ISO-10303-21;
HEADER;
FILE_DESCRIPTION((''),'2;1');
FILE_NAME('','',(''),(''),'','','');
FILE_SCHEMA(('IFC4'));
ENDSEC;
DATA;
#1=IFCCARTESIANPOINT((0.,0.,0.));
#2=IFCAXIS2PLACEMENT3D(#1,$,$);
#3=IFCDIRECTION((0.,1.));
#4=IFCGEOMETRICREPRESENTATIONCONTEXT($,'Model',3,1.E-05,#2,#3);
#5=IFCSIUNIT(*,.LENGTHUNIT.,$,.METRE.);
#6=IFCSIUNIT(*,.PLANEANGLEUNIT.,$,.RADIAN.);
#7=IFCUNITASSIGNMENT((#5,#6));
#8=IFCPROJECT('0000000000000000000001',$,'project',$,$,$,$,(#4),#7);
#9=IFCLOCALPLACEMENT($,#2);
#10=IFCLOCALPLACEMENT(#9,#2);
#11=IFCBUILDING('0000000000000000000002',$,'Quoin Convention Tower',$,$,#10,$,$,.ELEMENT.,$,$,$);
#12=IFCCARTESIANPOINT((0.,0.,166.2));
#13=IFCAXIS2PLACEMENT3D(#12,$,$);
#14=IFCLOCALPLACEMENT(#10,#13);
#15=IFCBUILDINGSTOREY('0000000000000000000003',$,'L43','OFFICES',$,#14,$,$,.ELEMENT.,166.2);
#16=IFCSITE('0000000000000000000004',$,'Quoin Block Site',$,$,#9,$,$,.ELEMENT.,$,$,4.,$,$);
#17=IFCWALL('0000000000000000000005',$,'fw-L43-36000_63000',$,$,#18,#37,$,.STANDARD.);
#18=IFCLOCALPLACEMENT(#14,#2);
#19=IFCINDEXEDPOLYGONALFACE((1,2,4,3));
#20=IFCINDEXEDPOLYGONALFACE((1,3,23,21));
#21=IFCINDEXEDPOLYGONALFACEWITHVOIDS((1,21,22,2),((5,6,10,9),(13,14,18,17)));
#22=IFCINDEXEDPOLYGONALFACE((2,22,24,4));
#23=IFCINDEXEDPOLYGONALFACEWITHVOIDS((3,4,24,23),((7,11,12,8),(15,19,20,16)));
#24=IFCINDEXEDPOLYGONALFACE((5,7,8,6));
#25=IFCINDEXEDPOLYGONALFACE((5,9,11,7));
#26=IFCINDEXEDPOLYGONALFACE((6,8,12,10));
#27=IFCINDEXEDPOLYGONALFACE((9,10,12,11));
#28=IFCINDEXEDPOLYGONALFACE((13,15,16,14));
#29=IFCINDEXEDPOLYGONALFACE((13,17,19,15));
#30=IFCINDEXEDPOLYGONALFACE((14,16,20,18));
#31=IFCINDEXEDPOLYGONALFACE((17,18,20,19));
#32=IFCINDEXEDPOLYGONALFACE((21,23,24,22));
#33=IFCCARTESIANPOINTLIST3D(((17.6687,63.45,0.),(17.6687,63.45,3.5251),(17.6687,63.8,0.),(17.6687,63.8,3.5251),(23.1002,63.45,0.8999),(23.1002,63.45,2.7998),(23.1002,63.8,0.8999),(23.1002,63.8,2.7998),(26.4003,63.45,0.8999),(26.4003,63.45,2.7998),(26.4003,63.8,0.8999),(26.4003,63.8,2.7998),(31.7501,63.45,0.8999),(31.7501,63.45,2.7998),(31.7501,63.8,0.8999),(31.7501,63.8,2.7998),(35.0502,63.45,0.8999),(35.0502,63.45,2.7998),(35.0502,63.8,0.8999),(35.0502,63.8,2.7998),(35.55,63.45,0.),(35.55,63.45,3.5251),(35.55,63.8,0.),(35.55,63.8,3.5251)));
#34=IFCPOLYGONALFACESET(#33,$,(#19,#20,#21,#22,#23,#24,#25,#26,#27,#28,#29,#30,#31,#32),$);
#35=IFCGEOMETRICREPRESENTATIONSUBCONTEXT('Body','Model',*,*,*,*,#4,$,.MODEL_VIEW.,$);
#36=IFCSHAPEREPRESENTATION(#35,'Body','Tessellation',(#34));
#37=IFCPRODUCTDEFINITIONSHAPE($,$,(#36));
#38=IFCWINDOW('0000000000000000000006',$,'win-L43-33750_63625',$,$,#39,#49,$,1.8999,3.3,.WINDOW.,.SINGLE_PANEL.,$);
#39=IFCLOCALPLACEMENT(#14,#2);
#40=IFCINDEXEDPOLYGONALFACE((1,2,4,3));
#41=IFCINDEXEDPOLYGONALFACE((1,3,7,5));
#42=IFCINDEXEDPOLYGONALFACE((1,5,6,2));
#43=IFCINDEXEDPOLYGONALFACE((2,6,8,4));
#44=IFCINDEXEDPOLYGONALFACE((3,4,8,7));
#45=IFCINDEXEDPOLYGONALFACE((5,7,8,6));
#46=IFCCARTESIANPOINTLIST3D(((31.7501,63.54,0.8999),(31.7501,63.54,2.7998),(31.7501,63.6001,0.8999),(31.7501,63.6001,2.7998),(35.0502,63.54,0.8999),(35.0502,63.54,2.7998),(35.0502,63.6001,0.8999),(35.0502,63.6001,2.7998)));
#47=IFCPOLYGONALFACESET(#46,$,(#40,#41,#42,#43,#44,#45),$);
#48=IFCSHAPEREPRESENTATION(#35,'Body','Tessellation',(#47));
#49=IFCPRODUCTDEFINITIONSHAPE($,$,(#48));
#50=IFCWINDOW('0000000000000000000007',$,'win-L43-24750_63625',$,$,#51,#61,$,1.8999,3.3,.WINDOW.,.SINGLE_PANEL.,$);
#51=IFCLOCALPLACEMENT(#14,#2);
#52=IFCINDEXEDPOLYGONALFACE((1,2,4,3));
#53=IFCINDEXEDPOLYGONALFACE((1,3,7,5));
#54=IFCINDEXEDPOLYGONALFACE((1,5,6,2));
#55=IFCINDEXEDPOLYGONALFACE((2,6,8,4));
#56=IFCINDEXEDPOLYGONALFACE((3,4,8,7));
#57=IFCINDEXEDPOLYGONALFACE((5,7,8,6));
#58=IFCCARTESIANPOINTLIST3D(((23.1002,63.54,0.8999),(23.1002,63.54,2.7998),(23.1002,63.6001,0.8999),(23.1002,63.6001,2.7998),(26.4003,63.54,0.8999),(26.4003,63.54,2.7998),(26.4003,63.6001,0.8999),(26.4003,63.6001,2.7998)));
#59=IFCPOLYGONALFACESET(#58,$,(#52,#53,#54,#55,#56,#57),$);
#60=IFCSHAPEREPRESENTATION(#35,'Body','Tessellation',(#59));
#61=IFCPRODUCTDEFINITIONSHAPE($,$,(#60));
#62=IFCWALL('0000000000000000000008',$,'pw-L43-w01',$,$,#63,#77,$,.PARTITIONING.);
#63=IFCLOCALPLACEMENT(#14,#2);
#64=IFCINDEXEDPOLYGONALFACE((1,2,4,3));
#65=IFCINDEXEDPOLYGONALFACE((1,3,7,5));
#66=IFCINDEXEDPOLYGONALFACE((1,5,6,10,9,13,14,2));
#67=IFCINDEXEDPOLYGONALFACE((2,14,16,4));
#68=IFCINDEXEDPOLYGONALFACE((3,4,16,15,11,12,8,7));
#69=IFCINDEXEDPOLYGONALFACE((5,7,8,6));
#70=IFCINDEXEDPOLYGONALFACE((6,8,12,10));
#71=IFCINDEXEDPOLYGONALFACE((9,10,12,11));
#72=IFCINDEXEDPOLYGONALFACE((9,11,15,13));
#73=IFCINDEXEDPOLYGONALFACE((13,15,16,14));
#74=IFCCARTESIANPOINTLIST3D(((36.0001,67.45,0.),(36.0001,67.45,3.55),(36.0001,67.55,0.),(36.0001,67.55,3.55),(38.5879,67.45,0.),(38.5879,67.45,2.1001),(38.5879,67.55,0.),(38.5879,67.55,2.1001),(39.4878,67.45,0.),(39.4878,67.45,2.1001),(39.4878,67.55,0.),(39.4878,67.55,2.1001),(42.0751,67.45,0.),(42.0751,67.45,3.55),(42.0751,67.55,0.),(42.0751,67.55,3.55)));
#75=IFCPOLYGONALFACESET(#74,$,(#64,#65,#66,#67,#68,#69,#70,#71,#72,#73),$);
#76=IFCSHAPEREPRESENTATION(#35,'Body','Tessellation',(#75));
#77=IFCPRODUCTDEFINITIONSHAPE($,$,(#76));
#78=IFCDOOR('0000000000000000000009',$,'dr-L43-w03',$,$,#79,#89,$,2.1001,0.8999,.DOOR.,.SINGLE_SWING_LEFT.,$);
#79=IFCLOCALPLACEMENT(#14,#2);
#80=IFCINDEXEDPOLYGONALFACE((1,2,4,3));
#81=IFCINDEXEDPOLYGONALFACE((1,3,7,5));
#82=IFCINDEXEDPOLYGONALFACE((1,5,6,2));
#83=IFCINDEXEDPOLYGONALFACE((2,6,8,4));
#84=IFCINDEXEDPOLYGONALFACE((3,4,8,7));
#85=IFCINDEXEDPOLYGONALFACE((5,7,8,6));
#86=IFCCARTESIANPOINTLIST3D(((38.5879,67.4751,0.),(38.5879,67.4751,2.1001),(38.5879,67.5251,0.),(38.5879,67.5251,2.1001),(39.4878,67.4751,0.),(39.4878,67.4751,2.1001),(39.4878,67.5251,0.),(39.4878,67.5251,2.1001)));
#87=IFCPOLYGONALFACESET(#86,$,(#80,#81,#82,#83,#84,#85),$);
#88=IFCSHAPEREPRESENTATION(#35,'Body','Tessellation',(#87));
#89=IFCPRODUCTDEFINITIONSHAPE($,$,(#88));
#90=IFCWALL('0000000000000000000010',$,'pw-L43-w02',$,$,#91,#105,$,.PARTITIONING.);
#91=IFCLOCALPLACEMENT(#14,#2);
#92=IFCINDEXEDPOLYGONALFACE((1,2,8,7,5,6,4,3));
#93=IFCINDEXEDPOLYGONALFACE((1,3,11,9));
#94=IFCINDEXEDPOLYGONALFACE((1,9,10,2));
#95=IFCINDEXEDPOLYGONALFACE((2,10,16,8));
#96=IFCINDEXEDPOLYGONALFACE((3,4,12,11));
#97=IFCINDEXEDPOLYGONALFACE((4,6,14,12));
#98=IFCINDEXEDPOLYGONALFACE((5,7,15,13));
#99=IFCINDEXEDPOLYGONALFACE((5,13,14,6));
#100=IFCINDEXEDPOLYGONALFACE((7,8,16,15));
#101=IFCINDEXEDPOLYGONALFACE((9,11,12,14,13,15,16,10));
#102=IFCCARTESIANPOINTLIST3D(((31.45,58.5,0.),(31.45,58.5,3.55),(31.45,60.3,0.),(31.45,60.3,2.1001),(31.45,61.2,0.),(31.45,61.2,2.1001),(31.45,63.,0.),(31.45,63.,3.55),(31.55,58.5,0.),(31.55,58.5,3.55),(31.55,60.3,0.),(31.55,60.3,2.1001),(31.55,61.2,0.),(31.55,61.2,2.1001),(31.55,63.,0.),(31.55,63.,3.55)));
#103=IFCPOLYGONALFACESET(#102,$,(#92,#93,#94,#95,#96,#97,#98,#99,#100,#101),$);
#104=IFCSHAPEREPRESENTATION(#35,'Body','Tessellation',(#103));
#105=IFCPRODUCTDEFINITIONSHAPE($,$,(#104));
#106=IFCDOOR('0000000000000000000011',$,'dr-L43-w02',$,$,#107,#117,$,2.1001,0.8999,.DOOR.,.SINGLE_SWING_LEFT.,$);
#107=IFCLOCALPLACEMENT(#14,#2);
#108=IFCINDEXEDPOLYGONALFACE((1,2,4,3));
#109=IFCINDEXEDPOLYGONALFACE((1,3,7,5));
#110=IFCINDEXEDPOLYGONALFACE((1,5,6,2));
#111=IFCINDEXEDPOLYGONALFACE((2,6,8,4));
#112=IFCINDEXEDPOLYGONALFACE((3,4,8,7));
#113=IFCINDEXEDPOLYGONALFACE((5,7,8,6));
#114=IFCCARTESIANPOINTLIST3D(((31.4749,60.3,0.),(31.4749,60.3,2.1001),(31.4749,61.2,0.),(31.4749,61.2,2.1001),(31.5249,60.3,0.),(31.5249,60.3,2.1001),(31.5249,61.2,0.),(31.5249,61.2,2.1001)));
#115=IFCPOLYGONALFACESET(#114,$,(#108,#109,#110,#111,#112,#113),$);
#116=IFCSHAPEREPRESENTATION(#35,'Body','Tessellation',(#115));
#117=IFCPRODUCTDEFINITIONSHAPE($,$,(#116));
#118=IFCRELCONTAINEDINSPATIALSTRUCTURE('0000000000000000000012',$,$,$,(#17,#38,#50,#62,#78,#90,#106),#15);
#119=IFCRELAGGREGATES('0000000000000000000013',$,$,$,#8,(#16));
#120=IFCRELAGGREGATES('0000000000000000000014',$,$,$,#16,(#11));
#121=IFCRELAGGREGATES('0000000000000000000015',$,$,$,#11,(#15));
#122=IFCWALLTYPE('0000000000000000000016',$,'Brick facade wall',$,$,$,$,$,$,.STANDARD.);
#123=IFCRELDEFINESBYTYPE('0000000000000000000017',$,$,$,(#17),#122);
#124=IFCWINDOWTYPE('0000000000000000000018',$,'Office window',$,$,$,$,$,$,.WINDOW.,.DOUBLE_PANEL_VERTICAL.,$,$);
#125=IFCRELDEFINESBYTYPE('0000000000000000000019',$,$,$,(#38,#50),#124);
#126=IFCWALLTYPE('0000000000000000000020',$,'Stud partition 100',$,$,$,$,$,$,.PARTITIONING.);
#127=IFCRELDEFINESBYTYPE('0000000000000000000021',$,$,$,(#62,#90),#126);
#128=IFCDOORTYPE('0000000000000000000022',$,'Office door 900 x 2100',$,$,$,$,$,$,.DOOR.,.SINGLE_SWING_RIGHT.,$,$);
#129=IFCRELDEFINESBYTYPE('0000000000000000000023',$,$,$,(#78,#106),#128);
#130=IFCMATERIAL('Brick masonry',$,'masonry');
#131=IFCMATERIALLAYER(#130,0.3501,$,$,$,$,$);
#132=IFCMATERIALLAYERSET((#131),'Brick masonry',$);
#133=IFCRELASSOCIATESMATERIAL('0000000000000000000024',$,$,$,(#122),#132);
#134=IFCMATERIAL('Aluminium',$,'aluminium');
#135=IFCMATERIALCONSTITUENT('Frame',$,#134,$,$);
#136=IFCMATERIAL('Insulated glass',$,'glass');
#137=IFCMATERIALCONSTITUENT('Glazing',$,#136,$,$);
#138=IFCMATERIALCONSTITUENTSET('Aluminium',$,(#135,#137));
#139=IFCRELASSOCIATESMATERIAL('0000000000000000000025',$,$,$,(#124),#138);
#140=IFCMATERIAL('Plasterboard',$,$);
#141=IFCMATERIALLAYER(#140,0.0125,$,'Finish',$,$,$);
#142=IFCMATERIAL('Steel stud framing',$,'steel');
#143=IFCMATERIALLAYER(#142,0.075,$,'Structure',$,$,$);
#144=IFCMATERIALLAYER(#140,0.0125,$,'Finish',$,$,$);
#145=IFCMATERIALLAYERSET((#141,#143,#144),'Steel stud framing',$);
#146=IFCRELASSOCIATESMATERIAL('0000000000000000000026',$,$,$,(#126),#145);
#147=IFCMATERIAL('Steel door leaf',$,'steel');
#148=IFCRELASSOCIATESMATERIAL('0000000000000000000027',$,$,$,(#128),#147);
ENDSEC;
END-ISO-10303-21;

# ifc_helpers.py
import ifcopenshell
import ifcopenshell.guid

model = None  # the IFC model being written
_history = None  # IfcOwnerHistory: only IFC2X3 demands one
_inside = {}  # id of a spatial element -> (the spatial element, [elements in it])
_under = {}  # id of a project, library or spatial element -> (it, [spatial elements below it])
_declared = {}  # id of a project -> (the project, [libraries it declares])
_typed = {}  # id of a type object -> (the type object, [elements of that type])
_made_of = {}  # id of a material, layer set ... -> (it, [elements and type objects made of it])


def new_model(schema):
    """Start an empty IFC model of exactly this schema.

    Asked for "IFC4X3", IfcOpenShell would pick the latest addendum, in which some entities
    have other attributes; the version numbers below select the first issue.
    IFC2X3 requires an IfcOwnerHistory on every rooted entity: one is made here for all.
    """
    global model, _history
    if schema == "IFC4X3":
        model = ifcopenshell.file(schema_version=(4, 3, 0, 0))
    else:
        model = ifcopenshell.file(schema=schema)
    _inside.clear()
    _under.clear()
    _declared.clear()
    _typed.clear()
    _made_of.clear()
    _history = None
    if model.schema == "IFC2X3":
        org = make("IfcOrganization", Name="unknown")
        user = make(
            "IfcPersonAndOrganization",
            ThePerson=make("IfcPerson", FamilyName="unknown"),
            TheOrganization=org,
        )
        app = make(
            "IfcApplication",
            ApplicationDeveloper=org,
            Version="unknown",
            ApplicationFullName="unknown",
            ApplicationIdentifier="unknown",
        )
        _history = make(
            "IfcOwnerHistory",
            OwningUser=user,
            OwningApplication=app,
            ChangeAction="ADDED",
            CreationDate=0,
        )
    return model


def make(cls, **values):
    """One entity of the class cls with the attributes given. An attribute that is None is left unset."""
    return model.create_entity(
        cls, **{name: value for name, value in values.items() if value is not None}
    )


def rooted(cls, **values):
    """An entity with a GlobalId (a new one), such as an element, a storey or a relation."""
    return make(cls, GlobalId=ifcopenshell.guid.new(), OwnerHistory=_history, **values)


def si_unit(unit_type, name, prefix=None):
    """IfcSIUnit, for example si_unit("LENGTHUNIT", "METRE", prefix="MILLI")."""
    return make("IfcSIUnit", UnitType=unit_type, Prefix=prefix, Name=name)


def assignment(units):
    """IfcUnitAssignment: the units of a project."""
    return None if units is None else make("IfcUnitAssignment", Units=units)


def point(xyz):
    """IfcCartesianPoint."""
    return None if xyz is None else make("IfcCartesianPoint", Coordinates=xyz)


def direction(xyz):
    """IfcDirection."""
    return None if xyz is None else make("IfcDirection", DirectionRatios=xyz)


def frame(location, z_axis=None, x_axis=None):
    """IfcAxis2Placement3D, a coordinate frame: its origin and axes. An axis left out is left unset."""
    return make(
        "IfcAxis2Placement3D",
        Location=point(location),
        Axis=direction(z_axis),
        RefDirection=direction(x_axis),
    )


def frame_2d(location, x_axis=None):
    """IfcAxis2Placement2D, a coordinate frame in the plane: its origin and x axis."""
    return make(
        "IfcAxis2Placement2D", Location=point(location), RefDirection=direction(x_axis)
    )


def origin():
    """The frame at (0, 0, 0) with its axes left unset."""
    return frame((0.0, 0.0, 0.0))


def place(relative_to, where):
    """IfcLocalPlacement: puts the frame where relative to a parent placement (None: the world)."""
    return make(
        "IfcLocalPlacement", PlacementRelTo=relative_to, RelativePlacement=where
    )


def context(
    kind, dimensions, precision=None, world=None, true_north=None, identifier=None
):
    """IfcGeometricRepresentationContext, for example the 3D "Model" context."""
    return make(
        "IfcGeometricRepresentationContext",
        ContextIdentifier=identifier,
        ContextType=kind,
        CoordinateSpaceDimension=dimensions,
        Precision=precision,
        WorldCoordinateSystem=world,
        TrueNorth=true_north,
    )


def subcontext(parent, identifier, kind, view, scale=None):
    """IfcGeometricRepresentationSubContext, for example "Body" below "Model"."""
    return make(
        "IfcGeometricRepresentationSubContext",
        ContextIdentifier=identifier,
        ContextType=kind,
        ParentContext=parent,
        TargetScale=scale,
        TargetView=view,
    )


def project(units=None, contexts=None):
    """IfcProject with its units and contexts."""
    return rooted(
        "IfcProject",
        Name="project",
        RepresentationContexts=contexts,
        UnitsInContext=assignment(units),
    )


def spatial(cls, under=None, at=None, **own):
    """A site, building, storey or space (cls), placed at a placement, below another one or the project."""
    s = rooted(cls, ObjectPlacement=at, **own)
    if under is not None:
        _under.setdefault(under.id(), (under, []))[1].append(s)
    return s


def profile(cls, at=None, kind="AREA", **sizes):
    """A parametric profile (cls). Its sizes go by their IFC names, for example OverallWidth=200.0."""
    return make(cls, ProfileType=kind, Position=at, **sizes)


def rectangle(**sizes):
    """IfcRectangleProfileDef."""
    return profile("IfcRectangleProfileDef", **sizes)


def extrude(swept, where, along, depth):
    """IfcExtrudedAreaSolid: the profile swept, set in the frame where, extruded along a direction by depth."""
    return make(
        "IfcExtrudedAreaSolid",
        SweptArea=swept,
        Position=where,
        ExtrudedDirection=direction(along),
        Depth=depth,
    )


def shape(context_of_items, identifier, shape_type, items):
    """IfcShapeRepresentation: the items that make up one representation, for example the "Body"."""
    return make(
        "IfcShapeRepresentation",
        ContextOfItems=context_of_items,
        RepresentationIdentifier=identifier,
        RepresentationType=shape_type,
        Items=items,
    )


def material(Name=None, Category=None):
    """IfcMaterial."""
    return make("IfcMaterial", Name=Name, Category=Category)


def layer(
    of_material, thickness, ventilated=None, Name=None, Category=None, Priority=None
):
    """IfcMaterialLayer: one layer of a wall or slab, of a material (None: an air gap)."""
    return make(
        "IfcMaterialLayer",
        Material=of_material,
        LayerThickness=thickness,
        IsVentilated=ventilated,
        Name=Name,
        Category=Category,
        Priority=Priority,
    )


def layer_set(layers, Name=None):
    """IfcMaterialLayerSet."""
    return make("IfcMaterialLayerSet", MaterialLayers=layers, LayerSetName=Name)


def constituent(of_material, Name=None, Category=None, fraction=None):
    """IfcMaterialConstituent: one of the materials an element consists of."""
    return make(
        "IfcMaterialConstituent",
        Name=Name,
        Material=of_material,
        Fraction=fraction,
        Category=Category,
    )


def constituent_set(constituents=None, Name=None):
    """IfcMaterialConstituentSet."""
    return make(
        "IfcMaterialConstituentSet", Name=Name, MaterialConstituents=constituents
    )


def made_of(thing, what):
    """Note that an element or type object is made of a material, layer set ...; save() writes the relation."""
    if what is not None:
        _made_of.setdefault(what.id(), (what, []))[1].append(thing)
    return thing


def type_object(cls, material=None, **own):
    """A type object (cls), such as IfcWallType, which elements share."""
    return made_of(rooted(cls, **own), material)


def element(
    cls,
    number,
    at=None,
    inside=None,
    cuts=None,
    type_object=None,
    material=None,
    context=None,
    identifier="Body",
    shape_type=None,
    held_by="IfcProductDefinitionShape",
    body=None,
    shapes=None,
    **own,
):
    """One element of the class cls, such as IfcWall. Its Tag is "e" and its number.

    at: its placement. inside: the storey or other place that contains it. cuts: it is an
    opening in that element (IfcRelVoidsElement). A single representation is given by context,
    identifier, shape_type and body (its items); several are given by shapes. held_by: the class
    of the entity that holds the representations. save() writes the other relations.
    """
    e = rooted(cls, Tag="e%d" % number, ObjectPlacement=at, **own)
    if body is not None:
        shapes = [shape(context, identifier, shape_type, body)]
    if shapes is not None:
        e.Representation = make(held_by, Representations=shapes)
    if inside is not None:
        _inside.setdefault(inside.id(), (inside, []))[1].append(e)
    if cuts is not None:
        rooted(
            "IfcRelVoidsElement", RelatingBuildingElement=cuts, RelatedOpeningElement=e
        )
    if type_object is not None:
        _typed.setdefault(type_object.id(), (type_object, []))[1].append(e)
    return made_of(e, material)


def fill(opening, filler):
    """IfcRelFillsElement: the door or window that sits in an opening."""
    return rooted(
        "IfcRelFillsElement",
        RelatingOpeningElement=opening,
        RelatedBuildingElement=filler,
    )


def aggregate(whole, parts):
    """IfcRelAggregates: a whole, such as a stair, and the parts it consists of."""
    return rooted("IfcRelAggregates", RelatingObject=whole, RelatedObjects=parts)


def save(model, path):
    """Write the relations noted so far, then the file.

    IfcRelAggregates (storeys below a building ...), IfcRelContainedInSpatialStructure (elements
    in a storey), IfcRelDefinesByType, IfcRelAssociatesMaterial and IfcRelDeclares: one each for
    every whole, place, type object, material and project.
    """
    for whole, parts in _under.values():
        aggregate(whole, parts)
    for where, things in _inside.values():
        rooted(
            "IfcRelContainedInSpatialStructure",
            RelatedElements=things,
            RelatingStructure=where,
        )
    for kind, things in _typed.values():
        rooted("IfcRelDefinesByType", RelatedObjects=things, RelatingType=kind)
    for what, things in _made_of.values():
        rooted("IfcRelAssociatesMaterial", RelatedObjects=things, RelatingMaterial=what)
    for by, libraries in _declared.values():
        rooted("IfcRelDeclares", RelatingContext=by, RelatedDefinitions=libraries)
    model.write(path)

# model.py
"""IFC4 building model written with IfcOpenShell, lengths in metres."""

from ifc_helpers import new_model, si_unit, direction, frame, frame_2d, origin, place, context, subcontext, project, spatial, rectangle, extrude, material, layer, layer_set, constituent, constituent_set, type_object, element, fill, save


model = new_model("IFC4")

# Units and contexts
model_context = context("Model", 3, precision=1e-05, world=origin(), true_north=direction((0.0, 1.0)))
body_context = subcontext(model_context, "Body", "Model", "MODEL_VIEW")
ifc_project = project(units=[si_unit("LENGTHUNIT", "METRE"), si_unit("PLANEANGLEUNIT", "RADIAN")], contexts=[model_context])

# Site, building, storey
site_placement = place(None, origin())
site = spatial("IfcSite", under=ifc_project, at=site_placement, Name="Quoin Block Site", CompositionType="ELEMENT", RefElevation=4.0)
building_placement = place(site_placement, origin())
building = spatial("IfcBuilding", under=site, at=building_placement, Name="Quoin Convention Tower", CompositionType="ELEMENT")
storey_placement = place(building_placement, frame((0.0, 0.0, 166.2)))
storey = spatial("IfcBuildingStorey", under=building, at=storey_placement, Name="L43", Description="OFFICES", CompositionType="ELEMENT", Elevation=166.2)

# Shared definitions
ifc_material_1 = material(Name="Brick masonry", Category="masonry")
ifc_layer_1 = layer(ifc_material_1, 0.3501)
ifc_layer_set_1 = layer_set([ifc_layer_1], Name="Brick masonry")
wall_type_1 = type_object("IfcWallType", Name="Brick facade wall", PredefinedType="STANDARD", material=ifc_layer_set_1)
ifc_material_2 = material(Name="Aluminium", Category="aluminium")
ifc_constituent_1 = constituent(ifc_material_2, Name="Frame")
ifc_material_3 = material(Name="Insulated glass", Category="glass")
ifc_constituent_2 = constituent(ifc_material_3, Name="Glazing")
ifc_constituent_set = constituent_set(constituents=[ifc_constituent_1, ifc_constituent_2], Name="Aluminium")
window_type = type_object("IfcWindowType", Name="Office window", PartitioningType="DOUBLE_PANEL_VERTICAL", PredefinedType="WINDOW", material=ifc_constituent_set)

# Wall, openings, windows
wall_1_placement = place(storey_placement, frame((35.55, 63.625, 0.0), z_axis=(0.0, 0.0, 1.0), x_axis=(-1.0, 0.0, 0.0)))
wall_1 = element("IfcWall", 1, at=wall_1_placement, inside=storey, type_object=wall_type_1, Name="fw-L43-36000_63000", PredefinedType="STANDARD", context=body_context, shape_type="SweptSolid", body=[
    extrude(rectangle(XDim=17.8813, YDim=0.3501, at=frame_2d((8.9407, 0.0))), origin(), (0.0, 0.0, 1.0), 3.5251),
])
opening_1_placement = place(wall_1_placement, frame((0.5, 0.0, 0.8999)))
opening_1 = element("IfcOpeningElement", 2, at=opening_1_placement, cuts=wall_1, PredefinedType="OPENING", context=body_context, shape_type="SweptSolid", body=[
    extrude(rectangle(XDim=3.3, YDim=1.8999, at=frame_2d((1.6499, 0.95))), frame((0.0, 0.1851, 0.0), z_axis=(0.0, -1.0, 0.0), x_axis=(1.0, 0.0, 0.0)), (0.0, 0.0, 1.0), 0.3701),
])
opening_2_placement = place(wall_1_placement, frame((9.1499, 0.0, 0.8999)))
opening_2 = element("IfcOpeningElement", 3, at=opening_2_placement, cuts=wall_1, PredefinedType="OPENING", context=body_context, shape_type="SweptSolid", body=[
    extrude(rectangle(XDim=3.3, YDim=1.8999, at=frame_2d((1.6499, 0.95))), frame((0.0, 0.1851, 0.0), z_axis=(0.0, -1.0, 0.0), x_axis=(1.0, 0.0, 0.0)), (0.0, 0.0, 1.0), 0.3701),
])
window_1_placement = place(opening_1_placement, origin())
window_1 = element("IfcWindow", 4, at=window_1_placement, inside=storey, type_object=window_type, Name="win-L43-33750_63625", OverallHeight=1.8999, OverallWidth=3.3, PartitioningType="SINGLE_PANEL", PredefinedType="WINDOW", context=body_context, shape_type="SweptSolid", body=[
    extrude(rectangle(XDim=3.3, YDim=1.8999, at=frame_2d((1.6499, 0.95))), frame((0.0, 0.085, 0.0), z_axis=(0.0, -1.0, 0.0), x_axis=(1.0, 0.0, 0.0)), (0.0, 0.0, 1.0), 0.0601),
])
fill(opening_1, window_1)
window_2_placement = place(opening_2_placement, origin())
window_2 = element("IfcWindow", 5, at=window_2_placement, inside=storey, type_object=window_type, Name="win-L43-24750_63625", OverallHeight=1.8999, OverallWidth=3.3, PartitioningType="SINGLE_PANEL", PredefinedType="WINDOW", context=body_context, shape_type="SweptSolid", body=[
    extrude(rectangle(XDim=3.3, YDim=1.8999, at=frame_2d((1.6499, 0.95))), frame((0.0, 0.085, 0.0), z_axis=(0.0, -1.0, 0.0), x_axis=(1.0, 0.0, 0.0)), (0.0, 0.0, 1.0), 0.0601),
])
fill(opening_2, window_2)

# Walls, openings, doors
ifc_material_4 = material(Name="Plasterboard")
ifc_layer_2 = layer(ifc_material_4, 0.0125, Name="Finish")
ifc_material_5 = material(Name="Steel stud framing", Category="steel")
ifc_layer_3 = layer(ifc_material_5, 0.075, Name="Structure")
ifc_layer_4 = layer(ifc_material_4, 0.0125, Name="Finish")
ifc_layer_set_2 = layer_set([ifc_layer_2, ifc_layer_3, ifc_layer_4], Name="Steel stud framing")
wall_type_2 = type_object("IfcWallType", Name="Stud partition 100", PredefinedType="PARTITIONING", material=ifc_layer_set_2)
wall_2_placement = place(storey_placement, frame((36.0, 67.5, 0.0), z_axis=(0.0, 0.0, 1.0), x_axis=(1.0, 0.0, 0.0)))
wall_2 = element("IfcWall", 6, at=wall_2_placement, inside=storey, type_object=wall_type_2, Name="pw-L43-w01", PredefinedType="PARTITIONING", context=body_context, shape_type="SweptSolid", body=[
    extrude(rectangle(XDim=6.075, YDim=0.1001, at=frame_2d((3.0376, 0.0))), origin(), (0.0, 0.0, 1.0), 3.55),
])
opening_3_placement = place(wall_2_placement, frame((2.5879, 0.0, 0.0)))
opening_3 = element("IfcOpeningElement", 7, at=opening_3_placement, cuts=wall_2, PredefinedType="OPENING", context=body_context, shape_type="SweptSolid", body=[
    extrude(rectangle(XDim=0.8999, YDim=2.1001, at=frame_2d((0.45, 1.05))), frame((0.0, 0.0601, 0.0), z_axis=(0.0, -1.0, 0.0), x_axis=(1.0, 0.0, 0.0)), (0.0, 0.0, 1.0), 0.1201),
])
ifc_material_6 = material(Name="Steel door leaf", Category="steel")
door_type = type_object("IfcDoorType", Name="Office door 900 x 2100", OperationType="SINGLE_SWING_RIGHT", PredefinedType="DOOR", material=ifc_material_6)
door_1_placement = place(opening_3_placement, frame((0.8999, 0.0, 0.0), z_axis=(0.0, 0.0, 1.0), x_axis=(-1.0, 0.0, 0.0)))
door_1 = element("IfcDoor", 8, at=door_1_placement, inside=storey, type_object=door_type, Name="dr-L43-w03", OperationType="SINGLE_SWING_LEFT", OverallHeight=2.1001, OverallWidth=0.8999, PredefinedType="DOOR", context=body_context, shape_type="SweptSolid", body=[
    extrude(rectangle(XDim=0.8999, YDim=2.1001, at=frame_2d((0.45, 1.05))), frame((0.0, 0.0249, 0.0), z_axis=(0.0, -1.0, 0.0), x_axis=(1.0, 0.0, 0.0)), (0.0, 0.0, 1.0), 0.05),
])
fill(opening_3, door_1)
wall_3_placement = place(storey_placement, frame((31.5, 63.0, 0.0), z_axis=(0.0, 0.0, 1.0), x_axis=(0.0, -1.0, 0.0)))
wall_3 = element("IfcWall", 9, at=wall_3_placement, inside=storey, type_object=wall_type_2, Name="pw-L43-w02", PredefinedType="PARTITIONING", context=body_context, shape_type="SweptSolid", body=[
    extrude(rectangle(XDim=4.5, YDim=0.1001, at=frame_2d((2.25, 0.0))), origin(), (0.0, 0.0, 1.0), 3.55),
])
opening_4_placement = place(wall_3_placement, frame((1.8, 0.0, 0.0)))
opening_4 = element("IfcOpeningElement", 10, at=opening_4_placement, cuts=wall_3, PredefinedType="OPENING", context=body_context, shape_type="SweptSolid", body=[
    extrude(rectangle(XDim=0.8999, YDim=2.1001, at=frame_2d((0.45, 1.05))), frame((0.0, 0.0601, 0.0), z_axis=(0.0, -1.0, 0.0), x_axis=(1.0, 0.0, 0.0)), (0.0, 0.0, 1.0), 0.1201),
])
door_2_placement = place(opening_4_placement, origin())
door_2 = element("IfcDoor", 11, at=door_2_placement, inside=storey, type_object=door_type, Name="dr-L43-w02", OperationType="SINGLE_SWING_LEFT", OverallHeight=2.1001, OverallWidth=0.8999, PredefinedType="DOOR", context=body_context, shape_type="SweptSolid", body=[
    extrude(rectangle(XDim=0.8999, YDim=2.1001, at=frame_2d((0.45, 1.05))), frame((0.0, 0.0249, 0.0), z_axis=(0.0, -1.0, 0.0), x_axis=(1.0, 0.0, 0.0)), (0.0, 0.0, 1.0), 0.05),
])
fill(opening_4, door_2)

save(model, "model.ifc")
